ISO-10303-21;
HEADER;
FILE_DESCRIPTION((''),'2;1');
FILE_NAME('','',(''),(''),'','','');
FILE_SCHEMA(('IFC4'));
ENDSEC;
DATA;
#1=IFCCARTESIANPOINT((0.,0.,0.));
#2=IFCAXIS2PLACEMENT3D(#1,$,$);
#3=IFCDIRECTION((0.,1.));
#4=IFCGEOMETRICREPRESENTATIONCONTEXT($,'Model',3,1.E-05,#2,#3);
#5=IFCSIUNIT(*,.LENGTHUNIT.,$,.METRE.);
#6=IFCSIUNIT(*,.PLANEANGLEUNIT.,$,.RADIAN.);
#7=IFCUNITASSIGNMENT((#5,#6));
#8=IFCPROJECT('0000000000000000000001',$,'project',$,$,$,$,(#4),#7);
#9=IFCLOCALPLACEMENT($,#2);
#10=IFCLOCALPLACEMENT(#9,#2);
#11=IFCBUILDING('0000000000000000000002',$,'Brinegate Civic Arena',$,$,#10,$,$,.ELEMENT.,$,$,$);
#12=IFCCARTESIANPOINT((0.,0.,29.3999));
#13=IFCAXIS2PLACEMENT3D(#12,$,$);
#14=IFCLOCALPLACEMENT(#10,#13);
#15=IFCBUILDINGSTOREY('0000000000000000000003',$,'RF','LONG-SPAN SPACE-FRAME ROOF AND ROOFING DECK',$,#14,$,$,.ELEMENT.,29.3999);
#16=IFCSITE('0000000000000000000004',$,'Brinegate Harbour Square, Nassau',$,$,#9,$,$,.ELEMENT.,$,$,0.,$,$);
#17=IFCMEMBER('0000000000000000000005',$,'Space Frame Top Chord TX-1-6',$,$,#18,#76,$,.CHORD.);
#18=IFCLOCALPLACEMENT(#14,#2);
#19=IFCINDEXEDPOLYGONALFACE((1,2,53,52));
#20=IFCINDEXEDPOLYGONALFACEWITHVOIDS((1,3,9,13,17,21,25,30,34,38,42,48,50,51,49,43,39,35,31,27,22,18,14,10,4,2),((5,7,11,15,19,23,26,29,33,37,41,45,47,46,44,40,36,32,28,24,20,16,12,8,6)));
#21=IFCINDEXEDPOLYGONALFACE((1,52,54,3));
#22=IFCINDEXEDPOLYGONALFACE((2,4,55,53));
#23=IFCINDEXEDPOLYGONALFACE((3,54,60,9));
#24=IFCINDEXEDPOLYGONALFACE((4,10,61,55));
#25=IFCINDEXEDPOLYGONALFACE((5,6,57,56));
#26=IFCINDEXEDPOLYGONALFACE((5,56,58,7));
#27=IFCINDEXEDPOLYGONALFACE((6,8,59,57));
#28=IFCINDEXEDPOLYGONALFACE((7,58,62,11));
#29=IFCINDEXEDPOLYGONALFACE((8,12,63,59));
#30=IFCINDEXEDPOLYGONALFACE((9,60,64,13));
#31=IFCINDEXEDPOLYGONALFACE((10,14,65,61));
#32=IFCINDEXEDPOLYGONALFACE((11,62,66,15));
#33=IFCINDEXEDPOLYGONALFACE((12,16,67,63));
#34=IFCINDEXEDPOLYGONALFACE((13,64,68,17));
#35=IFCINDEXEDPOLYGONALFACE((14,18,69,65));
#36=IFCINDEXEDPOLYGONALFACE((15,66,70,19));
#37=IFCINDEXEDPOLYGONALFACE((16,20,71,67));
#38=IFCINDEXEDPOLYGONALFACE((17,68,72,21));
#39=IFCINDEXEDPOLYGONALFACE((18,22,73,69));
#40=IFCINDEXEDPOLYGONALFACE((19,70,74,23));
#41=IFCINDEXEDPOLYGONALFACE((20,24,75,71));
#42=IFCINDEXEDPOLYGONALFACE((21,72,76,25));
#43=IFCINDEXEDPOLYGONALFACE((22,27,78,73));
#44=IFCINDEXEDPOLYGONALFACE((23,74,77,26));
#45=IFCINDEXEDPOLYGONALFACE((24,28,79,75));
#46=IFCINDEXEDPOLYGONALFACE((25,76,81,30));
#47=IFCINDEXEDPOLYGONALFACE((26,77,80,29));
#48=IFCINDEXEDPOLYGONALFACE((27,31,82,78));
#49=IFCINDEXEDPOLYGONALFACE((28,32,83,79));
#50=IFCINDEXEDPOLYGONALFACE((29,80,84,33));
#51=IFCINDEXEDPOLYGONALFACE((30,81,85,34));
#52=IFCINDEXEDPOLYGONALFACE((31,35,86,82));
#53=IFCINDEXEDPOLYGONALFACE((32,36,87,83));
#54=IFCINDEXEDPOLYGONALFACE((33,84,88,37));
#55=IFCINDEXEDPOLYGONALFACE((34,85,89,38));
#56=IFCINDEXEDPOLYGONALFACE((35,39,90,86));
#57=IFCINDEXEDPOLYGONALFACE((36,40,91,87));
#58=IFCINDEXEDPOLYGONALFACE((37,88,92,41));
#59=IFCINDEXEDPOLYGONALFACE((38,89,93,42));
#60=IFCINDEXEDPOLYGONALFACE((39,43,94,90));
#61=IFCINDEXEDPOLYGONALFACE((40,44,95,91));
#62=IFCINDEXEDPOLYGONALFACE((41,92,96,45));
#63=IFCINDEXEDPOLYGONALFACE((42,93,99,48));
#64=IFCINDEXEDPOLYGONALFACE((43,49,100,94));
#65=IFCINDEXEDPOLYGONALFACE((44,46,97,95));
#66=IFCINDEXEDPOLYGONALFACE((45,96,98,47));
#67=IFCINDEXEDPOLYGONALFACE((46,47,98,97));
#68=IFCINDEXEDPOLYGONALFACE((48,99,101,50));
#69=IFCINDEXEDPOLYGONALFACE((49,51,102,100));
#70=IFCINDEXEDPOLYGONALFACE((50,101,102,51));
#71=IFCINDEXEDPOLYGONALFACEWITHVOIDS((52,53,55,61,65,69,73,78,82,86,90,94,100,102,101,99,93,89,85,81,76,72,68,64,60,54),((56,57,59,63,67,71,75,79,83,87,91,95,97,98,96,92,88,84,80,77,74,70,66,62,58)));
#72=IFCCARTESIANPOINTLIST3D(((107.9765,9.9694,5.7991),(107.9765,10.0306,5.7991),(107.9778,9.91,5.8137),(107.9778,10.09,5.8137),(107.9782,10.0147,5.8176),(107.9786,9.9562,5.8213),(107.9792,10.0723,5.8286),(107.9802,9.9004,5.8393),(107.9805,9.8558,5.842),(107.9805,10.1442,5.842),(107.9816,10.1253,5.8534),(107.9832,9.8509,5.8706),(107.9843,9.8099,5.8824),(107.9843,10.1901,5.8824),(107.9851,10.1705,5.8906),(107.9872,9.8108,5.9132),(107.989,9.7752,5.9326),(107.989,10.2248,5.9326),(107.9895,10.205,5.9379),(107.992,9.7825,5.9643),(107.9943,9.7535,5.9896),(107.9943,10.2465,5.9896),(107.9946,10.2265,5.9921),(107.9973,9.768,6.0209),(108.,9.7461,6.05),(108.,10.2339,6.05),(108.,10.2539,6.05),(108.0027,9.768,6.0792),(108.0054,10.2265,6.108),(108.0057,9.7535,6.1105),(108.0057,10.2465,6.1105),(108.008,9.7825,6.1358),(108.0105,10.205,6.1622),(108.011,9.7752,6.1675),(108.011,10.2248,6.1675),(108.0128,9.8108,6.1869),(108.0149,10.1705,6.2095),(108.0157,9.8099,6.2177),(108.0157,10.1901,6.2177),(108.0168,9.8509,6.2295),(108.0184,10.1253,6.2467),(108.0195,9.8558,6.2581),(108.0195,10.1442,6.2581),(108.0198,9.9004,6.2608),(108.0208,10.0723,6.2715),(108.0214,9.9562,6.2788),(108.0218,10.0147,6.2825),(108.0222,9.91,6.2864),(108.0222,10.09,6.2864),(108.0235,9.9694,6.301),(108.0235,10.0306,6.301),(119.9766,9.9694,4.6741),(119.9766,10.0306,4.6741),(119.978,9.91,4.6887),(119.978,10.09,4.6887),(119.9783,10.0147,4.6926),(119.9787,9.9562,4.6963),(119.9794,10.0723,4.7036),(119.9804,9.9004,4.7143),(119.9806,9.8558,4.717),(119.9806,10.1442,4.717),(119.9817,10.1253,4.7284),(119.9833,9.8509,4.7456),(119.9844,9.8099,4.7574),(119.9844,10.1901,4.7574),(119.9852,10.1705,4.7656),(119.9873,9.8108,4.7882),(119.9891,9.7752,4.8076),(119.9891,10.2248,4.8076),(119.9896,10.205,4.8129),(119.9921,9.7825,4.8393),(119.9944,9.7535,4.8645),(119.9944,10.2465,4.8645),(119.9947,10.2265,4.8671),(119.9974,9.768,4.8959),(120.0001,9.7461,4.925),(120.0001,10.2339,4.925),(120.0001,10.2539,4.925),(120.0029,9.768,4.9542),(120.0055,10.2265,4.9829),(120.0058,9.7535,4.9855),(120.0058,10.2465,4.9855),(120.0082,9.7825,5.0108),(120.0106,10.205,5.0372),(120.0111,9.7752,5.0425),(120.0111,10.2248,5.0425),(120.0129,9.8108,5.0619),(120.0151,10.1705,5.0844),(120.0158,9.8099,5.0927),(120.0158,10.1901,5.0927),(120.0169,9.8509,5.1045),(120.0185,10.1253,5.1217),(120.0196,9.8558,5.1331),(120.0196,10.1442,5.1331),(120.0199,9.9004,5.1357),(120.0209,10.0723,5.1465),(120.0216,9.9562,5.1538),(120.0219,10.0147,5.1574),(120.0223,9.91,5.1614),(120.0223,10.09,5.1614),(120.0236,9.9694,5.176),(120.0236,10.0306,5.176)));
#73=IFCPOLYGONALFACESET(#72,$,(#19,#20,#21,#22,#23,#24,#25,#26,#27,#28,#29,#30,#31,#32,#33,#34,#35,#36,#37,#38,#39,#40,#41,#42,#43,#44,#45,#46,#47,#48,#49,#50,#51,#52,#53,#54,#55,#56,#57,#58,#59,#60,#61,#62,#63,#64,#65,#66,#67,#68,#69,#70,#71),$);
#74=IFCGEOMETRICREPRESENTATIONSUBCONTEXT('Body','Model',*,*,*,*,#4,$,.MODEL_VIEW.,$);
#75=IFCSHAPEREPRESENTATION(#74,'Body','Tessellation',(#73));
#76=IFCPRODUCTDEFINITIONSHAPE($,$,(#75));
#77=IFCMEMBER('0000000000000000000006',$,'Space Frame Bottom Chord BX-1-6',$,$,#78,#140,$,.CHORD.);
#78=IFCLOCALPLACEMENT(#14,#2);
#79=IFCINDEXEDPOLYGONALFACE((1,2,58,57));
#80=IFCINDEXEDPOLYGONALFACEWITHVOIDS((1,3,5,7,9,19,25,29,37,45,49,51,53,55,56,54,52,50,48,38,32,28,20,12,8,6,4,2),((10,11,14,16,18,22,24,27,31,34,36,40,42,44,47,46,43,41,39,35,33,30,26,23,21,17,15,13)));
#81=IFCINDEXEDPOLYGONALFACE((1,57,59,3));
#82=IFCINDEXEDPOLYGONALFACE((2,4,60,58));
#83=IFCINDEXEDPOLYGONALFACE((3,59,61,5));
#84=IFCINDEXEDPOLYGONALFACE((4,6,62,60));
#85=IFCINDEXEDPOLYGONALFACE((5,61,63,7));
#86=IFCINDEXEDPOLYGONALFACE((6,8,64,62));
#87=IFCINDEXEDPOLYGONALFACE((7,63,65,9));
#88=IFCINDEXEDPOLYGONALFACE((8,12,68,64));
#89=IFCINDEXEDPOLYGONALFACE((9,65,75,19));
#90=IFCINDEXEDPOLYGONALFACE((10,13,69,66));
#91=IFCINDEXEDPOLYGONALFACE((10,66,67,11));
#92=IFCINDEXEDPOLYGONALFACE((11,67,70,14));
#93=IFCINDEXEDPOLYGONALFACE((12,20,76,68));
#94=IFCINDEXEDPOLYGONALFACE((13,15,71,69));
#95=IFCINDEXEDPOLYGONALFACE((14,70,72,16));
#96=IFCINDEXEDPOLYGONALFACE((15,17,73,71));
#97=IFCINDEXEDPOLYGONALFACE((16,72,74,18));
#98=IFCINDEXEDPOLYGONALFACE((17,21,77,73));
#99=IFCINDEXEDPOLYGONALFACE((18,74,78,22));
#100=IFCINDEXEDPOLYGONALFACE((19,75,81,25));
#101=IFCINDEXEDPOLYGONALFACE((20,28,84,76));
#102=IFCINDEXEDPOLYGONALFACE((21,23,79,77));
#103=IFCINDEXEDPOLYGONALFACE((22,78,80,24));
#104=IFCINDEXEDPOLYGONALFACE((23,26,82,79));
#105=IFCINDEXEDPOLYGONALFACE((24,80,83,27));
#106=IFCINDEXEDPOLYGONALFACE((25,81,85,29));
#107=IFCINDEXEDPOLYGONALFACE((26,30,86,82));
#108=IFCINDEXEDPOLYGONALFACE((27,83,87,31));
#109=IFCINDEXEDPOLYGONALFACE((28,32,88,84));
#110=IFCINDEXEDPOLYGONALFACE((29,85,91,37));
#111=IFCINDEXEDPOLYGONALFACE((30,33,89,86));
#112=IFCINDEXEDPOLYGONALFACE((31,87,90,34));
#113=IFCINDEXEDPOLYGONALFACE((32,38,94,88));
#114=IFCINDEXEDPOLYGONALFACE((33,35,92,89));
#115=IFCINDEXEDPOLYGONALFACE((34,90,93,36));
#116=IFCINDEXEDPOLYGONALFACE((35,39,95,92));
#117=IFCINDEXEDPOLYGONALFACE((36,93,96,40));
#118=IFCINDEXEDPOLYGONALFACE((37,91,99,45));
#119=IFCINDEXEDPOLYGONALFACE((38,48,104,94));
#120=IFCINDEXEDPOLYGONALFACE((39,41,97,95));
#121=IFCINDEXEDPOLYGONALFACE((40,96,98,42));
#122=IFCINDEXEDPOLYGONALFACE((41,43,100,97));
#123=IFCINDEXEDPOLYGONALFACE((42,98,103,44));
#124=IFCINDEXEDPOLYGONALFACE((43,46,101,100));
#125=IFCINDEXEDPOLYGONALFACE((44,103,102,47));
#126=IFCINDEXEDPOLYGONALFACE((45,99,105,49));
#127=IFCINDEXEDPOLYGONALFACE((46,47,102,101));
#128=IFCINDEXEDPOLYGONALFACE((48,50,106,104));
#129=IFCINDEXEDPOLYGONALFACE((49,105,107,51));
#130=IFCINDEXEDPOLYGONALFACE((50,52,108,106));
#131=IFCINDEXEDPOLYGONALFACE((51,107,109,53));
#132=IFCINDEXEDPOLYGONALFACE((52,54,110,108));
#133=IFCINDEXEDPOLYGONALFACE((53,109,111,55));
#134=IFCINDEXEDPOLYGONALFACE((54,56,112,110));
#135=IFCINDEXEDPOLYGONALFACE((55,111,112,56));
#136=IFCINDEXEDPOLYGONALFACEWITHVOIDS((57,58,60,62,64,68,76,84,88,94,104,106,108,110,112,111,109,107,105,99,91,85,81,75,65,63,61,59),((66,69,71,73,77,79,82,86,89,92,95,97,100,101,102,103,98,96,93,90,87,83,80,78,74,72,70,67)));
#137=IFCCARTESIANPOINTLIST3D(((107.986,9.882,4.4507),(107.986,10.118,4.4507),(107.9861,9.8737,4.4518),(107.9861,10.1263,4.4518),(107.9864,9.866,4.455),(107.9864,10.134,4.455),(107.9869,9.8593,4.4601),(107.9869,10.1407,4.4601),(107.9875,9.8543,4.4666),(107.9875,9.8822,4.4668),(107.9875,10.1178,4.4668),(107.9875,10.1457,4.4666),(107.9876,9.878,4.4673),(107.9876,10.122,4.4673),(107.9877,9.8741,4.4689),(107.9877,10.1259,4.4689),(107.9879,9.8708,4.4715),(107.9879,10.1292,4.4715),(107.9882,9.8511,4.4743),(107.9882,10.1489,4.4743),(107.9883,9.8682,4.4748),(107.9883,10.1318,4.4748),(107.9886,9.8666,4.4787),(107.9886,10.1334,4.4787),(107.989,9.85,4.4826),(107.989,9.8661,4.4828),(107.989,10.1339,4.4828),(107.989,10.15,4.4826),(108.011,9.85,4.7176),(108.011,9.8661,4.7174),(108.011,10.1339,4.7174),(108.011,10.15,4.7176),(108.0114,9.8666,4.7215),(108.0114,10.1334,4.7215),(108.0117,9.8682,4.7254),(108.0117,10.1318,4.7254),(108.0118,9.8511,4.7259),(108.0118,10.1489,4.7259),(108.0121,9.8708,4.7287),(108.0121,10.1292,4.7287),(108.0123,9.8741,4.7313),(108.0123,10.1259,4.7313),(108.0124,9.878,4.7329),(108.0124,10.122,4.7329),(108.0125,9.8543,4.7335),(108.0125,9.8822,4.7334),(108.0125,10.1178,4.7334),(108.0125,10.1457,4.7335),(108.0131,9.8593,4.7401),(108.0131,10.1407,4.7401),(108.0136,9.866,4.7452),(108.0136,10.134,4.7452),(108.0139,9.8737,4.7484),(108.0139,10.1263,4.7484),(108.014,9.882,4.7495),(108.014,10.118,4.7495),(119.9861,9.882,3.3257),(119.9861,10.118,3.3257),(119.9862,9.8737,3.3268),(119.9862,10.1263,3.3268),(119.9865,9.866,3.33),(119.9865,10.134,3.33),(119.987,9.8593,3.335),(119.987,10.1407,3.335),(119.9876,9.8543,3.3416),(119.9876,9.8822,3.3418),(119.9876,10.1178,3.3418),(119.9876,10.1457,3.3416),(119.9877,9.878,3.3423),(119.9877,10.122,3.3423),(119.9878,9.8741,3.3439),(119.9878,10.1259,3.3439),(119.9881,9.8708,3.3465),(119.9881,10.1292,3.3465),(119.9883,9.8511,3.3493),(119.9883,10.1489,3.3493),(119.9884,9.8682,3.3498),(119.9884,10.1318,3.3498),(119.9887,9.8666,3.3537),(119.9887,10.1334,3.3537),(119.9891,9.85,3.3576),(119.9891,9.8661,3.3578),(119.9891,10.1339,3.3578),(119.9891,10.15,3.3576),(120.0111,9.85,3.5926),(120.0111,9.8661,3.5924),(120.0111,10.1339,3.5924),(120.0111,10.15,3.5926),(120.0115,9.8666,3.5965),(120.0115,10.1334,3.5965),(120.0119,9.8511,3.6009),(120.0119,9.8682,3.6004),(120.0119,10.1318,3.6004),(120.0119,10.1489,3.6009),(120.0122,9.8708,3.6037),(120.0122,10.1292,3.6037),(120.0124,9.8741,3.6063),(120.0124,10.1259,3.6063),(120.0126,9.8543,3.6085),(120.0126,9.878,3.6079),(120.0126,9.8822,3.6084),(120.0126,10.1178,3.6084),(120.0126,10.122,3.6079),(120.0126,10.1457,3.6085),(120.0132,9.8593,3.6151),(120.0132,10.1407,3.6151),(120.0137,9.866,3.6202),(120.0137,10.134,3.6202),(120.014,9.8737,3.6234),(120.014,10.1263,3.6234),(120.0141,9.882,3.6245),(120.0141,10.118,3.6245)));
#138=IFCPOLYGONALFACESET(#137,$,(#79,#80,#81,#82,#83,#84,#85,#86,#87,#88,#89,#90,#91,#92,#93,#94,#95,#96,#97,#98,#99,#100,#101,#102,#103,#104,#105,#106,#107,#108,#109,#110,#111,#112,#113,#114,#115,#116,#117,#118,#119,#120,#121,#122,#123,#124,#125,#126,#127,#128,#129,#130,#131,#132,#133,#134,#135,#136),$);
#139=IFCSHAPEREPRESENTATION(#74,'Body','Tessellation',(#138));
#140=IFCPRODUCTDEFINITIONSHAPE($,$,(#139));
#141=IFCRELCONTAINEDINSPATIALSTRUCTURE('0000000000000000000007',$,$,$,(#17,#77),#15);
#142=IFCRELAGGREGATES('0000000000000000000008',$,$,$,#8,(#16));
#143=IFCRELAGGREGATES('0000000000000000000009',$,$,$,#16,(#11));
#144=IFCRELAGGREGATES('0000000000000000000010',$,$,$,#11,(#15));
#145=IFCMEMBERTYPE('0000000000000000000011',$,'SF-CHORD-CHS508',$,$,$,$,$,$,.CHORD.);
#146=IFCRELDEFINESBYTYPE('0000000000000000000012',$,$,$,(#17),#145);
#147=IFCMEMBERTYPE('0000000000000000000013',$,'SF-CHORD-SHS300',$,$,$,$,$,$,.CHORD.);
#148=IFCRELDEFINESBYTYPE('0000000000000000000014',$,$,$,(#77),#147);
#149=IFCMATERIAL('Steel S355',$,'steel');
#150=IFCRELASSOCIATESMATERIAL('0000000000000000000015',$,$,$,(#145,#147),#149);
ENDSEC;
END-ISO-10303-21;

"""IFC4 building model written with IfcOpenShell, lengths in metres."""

from ifc_helpers import new_model, si_unit, direction, frame, origin, origin_2d, place, context, subcontext, project, spatial, hollow_rectangle, hollow_circle, extrude, material, material_profile, profile_set, type_object, element, save


model = new_model("IFC4")

# Units and contexts
model_context = context("Model", 3, precision=1e-05, world=origin(), true_north=direction((0.0, 1.0)))
body_context = subcontext(model_context, "Body", "Model", "MODEL_VIEW")
ifc_project = project(units=[si_unit("LENGTHUNIT", "METRE"), si_unit("PLANEANGLEUNIT", "RADIAN")], contexts=[model_context])

# Site, building, storey
site_placement = place(None, origin())
site = spatial("IfcSite", under=ifc_project, at=site_placement, Name="Brinegate Harbour Square, Nassau", CompositionType="ELEMENT", RefElevation=0.0)
building_placement = place(site_placement, origin())
building = spatial("IfcBuilding", under=site, at=building_placement, Name="Brinegate Civic Arena", CompositionType="ELEMENT")
storey_placement = place(building_placement, frame((0.0, 0.0, 29.3999)))
storey = spatial("IfcBuildingStorey", under=building, at=storey_placement, Name="RF", Description="LONG-SPAN SPACE-FRAME ROOF AND ROOFING DECK", CompositionType="ELEMENT", Elevation=29.3999)

# Shared definitions
ifc_material_1 = material(Name="Steel S355", Category="steel")

# Members
ifc_material_profile_1 = material_profile(ifc_material_1, hollow_circle(Radius=0.2539, WallThickness=0.02, at=origin_2d()), Name="CHS508X20")
ifc_profile_set_1 = profile_set([ifc_material_profile_1], Name="Steel S355")
member_type_1 = type_object("IfcMemberType", Name="SF-CHORD-CHS508", PredefinedType="CHORD", material=ifc_profile_set_1)
member_1_placement = place(storey_placement, frame((108.0, 10.0, 6.05), z_axis=(0.995634, 0.0, -0.093341), x_axis=(0.0, 1.0, 0.0)))
element("IfcMember", 1, at=member_1_placement, inside=storey, type_object=member_type_1, Name="Space Frame Top Chord TX-1-6", PredefinedType="CHORD", context=body_context, shape_type="SweptSolid", body=[
    extrude(hollow_circle(Radius=0.2539, WallThickness=0.02, at=origin_2d()), origin(), (0.0, 0.0, 1.0), 12.0527),
])
ifc_material_profile_2 = material_profile(ifc_material_1, hollow_rectangle(XDim=0.3, YDim=0.3, WallThickness=0.0161, InnerFilletRadius=0.0161, OuterFilletRadius=0.032, at=origin_2d()), Name="SHS300X16")
ifc_profile_set_2 = profile_set([ifc_material_profile_2], Name="Steel S355")
member_type_2 = type_object("IfcMemberType", Name="SF-CHORD-SHS300", PredefinedType="CHORD", material=ifc_profile_set_2)
member_2_placement = place(storey_placement, frame((108.0, 10.0, 4.6001), z_axis=(0.995634, 0.0, -0.093341), x_axis=(0.0, 1.0, 0.0)))
element("IfcMember", 2, at=member_2_placement, inside=storey, type_object=member_type_2, Name="Space Frame Bottom Chord BX-1-6", PredefinedType="CHORD", context=body_context, shape_type="SweptSolid", body=[
    extrude(hollow_rectangle(XDim=0.3, YDim=0.3, WallThickness=0.0161, InnerFilletRadius=0.0161, OuterFilletRadius=0.032, at=origin_2d()), origin(), (0.0, 0.0, 1.0), 12.0527),
])

save(model, "model.ifc")
